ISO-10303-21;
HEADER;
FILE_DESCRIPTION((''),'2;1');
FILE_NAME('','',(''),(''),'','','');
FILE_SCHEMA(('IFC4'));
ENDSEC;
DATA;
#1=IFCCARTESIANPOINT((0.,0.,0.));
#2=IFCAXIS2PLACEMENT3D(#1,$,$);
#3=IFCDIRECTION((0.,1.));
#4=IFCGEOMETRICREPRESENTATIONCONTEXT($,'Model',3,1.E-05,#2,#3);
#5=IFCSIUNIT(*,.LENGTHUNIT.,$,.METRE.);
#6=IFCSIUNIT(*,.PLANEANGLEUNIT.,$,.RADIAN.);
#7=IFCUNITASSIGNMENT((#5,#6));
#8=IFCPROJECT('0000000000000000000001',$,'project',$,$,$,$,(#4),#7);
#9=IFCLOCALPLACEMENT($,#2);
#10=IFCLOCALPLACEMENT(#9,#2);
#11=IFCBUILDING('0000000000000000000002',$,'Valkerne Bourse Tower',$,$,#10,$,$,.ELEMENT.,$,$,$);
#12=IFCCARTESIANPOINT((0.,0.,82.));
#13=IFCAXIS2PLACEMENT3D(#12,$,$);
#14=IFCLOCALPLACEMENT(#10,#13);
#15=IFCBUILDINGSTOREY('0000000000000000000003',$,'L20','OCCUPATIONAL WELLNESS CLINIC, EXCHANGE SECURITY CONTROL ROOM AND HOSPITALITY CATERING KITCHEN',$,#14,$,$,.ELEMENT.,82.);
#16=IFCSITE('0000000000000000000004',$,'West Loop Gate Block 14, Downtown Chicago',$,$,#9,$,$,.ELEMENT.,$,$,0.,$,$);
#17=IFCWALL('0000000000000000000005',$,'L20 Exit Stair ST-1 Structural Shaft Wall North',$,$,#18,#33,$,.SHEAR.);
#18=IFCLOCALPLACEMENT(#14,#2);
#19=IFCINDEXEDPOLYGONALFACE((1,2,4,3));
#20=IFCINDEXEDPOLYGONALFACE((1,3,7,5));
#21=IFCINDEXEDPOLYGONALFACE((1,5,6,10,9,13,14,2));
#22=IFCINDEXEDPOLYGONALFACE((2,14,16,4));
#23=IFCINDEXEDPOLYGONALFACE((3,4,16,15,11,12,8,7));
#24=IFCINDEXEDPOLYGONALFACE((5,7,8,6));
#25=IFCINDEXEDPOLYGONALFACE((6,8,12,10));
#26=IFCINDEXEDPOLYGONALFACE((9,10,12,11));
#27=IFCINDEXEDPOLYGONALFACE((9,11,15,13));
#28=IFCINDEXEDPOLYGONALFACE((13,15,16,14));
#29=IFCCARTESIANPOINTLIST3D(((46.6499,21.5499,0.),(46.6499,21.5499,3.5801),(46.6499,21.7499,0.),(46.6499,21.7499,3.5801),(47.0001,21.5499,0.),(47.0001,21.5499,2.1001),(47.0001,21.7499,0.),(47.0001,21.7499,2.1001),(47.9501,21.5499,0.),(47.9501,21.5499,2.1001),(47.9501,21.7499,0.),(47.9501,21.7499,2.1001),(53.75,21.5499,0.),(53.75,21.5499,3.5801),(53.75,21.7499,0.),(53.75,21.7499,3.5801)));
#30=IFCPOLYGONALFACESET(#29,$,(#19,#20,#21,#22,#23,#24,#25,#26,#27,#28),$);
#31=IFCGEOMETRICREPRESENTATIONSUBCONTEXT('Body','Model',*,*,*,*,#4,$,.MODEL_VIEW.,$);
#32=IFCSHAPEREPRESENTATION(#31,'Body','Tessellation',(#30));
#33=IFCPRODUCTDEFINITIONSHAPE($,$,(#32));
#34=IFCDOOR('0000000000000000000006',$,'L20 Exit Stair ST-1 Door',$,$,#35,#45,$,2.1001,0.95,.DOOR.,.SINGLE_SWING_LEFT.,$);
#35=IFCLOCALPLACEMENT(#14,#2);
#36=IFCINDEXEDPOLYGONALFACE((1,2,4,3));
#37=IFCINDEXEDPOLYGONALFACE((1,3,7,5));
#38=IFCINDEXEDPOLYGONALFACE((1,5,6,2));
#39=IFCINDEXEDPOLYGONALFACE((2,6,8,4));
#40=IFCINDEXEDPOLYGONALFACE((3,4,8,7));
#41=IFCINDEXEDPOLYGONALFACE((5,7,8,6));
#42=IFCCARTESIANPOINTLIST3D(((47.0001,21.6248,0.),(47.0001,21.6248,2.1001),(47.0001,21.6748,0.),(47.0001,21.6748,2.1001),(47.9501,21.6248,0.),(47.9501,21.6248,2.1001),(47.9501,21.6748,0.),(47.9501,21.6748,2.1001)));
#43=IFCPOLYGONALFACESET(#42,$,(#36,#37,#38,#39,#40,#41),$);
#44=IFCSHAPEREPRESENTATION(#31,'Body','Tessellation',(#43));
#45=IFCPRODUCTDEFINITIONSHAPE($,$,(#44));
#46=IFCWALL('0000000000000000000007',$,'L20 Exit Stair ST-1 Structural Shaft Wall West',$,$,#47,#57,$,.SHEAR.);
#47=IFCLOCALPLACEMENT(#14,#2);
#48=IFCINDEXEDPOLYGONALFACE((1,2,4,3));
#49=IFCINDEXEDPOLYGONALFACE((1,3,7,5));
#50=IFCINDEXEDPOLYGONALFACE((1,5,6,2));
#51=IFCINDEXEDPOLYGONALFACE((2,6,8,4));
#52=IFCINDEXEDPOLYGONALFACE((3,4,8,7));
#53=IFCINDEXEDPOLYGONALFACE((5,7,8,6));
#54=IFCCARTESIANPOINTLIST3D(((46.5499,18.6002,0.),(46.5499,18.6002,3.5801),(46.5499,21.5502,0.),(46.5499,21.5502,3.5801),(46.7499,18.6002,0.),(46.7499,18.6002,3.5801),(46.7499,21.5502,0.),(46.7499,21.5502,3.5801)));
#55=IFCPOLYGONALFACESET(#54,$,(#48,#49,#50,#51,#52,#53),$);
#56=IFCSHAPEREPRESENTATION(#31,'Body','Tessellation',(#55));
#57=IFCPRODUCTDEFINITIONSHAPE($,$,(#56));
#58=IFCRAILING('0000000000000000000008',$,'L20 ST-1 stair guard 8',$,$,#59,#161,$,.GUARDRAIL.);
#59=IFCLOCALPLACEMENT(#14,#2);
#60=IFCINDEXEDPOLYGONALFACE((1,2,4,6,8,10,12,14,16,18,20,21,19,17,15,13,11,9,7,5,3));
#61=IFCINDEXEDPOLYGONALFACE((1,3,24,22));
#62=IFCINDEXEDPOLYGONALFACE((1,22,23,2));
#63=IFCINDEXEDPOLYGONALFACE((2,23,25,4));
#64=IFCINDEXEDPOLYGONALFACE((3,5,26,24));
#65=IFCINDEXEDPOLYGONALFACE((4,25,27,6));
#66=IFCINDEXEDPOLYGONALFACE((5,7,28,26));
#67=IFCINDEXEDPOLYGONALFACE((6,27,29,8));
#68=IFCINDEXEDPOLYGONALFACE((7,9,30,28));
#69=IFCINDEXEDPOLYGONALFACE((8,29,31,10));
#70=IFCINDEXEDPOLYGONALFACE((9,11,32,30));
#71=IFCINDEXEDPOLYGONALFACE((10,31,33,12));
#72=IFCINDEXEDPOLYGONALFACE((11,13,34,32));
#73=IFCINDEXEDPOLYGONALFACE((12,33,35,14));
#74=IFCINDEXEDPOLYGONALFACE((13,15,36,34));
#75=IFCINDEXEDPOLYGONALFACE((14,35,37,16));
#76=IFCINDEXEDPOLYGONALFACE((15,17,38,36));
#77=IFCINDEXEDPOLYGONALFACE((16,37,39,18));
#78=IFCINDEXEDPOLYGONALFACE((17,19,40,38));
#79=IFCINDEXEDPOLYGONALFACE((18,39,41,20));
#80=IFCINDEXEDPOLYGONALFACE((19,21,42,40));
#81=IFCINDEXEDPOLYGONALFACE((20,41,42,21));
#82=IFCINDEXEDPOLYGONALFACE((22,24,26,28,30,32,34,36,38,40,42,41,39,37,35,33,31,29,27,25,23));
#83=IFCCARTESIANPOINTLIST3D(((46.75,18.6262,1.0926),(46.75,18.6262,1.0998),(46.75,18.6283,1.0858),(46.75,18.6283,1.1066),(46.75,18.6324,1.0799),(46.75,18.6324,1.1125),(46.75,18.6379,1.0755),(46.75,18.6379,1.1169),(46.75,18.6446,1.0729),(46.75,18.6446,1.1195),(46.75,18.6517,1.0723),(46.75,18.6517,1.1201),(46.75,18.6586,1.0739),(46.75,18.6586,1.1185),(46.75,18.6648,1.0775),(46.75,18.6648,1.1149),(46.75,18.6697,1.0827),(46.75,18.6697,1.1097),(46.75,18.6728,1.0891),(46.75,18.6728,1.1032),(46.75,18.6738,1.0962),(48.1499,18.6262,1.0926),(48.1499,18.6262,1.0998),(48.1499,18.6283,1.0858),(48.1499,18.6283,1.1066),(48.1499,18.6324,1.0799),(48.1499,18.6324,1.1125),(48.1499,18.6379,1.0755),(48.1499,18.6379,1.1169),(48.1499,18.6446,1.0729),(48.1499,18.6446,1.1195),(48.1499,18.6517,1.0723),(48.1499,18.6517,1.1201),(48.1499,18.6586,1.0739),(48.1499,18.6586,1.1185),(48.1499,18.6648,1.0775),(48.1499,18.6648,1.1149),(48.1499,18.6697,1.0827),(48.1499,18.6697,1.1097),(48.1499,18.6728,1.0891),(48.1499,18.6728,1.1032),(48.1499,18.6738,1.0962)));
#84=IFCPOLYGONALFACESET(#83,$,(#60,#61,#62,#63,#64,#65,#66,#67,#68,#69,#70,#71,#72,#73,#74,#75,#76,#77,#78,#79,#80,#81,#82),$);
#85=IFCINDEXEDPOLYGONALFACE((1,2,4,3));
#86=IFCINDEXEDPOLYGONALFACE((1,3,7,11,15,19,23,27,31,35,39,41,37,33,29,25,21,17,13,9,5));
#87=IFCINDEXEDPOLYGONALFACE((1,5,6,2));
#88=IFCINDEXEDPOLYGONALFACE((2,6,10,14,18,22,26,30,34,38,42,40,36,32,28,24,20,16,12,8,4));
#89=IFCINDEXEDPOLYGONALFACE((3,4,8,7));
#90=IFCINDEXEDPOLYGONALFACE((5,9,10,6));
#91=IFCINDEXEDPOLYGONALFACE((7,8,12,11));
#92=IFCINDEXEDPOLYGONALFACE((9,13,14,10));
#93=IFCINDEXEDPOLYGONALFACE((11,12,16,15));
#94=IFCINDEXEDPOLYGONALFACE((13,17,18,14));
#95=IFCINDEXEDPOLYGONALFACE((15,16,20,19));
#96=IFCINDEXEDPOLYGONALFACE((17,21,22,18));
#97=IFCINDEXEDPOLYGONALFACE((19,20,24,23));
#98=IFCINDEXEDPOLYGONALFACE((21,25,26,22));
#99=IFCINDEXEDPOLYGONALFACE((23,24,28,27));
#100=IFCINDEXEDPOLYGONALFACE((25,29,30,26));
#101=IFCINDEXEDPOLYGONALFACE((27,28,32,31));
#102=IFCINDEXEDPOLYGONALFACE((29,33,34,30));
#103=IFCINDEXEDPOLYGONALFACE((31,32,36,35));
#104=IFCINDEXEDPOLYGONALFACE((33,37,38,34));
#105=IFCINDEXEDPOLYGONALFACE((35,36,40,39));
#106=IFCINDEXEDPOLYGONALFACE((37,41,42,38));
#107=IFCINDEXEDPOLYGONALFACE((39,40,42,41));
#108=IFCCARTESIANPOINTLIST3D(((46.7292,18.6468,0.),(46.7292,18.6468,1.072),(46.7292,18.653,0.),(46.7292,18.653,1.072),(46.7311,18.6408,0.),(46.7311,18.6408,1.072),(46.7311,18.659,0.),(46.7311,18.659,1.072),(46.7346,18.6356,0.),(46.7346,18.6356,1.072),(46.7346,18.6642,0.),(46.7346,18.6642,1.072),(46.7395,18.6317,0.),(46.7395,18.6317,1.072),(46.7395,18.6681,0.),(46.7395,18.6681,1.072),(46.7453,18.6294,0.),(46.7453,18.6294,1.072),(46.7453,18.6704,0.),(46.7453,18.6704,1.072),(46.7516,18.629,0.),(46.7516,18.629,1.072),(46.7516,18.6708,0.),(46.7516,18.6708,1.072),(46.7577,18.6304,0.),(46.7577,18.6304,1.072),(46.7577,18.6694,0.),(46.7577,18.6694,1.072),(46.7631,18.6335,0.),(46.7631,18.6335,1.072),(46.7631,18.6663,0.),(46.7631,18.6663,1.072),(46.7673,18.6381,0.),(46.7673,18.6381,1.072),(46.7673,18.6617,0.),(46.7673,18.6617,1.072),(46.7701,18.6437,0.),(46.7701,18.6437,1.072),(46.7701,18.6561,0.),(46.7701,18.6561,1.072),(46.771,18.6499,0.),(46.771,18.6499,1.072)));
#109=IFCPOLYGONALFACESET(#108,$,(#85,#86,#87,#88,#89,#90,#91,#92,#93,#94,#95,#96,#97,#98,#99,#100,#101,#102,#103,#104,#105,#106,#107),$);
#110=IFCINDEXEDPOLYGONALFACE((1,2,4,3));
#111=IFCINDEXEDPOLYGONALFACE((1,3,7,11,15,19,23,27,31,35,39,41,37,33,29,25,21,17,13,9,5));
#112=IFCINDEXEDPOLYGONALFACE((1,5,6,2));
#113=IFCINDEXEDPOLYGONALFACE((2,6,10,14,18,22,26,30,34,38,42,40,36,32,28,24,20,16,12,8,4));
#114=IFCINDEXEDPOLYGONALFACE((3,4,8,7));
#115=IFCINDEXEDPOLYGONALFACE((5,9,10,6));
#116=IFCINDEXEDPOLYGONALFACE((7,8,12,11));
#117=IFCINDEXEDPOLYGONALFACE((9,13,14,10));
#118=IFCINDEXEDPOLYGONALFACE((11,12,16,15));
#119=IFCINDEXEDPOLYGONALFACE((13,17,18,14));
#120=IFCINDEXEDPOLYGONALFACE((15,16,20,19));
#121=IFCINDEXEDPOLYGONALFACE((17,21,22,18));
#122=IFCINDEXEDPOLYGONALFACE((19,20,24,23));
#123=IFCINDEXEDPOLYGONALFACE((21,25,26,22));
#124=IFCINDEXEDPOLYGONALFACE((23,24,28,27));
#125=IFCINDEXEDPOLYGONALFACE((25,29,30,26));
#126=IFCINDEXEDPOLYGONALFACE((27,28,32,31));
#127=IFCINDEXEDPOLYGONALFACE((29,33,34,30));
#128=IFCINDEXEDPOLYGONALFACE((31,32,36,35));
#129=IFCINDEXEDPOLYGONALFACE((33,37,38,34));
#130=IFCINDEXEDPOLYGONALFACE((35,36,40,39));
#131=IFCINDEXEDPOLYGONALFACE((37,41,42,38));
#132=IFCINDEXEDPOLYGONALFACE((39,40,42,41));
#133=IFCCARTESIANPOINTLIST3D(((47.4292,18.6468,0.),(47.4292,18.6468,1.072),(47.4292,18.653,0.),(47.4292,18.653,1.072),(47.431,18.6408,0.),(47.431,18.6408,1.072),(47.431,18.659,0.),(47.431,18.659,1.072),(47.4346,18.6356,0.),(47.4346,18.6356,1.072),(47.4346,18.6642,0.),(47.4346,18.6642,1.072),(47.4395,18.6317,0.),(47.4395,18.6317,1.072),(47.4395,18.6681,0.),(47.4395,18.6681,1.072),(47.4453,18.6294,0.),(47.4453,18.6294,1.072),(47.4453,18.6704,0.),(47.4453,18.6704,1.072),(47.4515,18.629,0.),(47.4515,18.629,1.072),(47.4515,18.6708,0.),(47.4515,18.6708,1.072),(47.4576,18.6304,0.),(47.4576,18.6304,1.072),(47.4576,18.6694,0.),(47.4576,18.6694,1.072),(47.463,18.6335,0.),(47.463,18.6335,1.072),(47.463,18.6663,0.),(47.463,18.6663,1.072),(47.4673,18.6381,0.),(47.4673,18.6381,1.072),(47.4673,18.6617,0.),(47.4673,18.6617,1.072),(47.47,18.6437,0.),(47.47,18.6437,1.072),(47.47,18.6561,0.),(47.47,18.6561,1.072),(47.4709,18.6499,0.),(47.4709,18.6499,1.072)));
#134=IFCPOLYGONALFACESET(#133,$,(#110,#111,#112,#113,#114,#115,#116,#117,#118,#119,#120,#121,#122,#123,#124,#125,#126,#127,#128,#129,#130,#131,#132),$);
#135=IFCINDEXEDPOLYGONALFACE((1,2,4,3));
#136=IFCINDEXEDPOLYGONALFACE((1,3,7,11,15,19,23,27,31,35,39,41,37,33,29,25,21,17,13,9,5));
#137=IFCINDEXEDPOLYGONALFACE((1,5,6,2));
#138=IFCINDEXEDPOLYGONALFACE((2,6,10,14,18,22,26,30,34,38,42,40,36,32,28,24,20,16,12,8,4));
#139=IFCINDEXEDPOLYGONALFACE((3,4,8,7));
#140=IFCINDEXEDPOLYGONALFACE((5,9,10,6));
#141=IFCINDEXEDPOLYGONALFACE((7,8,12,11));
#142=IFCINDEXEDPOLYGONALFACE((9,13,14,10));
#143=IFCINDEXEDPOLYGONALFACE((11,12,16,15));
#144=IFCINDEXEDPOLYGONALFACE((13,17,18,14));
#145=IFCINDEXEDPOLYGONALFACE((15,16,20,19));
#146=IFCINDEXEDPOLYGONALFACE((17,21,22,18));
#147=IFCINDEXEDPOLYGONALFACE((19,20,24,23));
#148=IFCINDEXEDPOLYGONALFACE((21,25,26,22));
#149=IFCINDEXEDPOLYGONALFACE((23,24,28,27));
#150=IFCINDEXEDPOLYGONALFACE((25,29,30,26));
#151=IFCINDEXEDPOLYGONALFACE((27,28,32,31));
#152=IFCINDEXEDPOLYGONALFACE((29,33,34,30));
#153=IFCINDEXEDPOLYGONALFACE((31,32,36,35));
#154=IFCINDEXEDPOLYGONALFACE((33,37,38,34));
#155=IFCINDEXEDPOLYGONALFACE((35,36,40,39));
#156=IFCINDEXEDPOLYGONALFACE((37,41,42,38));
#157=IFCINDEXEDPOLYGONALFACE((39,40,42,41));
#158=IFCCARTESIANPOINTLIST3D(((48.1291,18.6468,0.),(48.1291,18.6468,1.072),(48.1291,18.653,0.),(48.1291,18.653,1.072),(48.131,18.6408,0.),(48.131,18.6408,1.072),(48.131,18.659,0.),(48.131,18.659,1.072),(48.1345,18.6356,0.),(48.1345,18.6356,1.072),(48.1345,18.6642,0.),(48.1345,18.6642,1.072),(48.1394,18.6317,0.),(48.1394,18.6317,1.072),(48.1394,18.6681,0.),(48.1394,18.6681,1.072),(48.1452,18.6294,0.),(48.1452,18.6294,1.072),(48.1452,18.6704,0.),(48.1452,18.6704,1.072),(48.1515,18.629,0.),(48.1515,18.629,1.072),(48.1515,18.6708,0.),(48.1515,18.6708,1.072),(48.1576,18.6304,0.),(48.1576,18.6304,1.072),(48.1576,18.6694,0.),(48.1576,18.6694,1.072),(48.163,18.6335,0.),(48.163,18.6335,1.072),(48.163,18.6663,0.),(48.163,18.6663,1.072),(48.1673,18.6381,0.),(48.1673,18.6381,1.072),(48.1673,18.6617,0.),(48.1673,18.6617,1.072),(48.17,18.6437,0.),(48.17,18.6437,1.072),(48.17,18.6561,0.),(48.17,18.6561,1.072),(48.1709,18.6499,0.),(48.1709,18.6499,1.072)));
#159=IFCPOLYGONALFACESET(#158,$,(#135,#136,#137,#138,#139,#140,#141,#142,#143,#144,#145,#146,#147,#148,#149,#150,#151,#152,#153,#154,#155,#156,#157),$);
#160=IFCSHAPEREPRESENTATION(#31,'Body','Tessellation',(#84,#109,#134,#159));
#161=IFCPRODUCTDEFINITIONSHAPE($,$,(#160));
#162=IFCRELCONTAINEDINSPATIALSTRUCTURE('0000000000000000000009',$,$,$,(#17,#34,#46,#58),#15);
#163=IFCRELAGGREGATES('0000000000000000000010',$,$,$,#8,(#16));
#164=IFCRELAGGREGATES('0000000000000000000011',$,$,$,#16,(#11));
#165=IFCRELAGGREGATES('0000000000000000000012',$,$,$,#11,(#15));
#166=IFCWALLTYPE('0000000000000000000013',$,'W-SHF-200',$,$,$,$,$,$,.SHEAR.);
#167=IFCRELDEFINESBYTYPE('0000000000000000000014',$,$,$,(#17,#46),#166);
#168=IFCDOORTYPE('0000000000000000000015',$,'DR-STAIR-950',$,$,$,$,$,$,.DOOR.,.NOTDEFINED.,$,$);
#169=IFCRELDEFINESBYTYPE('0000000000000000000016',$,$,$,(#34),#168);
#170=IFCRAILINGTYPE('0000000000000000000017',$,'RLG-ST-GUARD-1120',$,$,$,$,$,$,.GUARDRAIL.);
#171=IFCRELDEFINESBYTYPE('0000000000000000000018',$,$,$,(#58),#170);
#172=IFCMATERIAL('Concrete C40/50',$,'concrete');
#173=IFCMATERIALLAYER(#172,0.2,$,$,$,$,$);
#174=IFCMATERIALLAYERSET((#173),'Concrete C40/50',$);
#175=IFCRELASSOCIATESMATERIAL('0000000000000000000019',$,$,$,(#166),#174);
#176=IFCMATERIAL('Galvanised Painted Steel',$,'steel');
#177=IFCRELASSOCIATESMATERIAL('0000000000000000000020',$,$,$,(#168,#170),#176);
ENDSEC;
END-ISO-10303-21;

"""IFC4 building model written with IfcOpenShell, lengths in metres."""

from ifc_helpers import new_model, si_unit, direction, frame, frame_2d, origin, origin_2d, place, context, subcontext, project, spatial, rectangle, circle, extrude, material, layer, layer_set, type_object, element, fill, save


model = new_model("IFC4")

# Units and contexts
model_context = context("Model", 3, precision=1e-05, world=origin(), true_north=direction((0.0, 1.0)))
body_context = subcontext(model_context, "Body", "Model", "MODEL_VIEW")
ifc_project = project(units=[si_unit("LENGTHUNIT", "METRE"), si_unit("PLANEANGLEUNIT", "RADIAN")], contexts=[model_context])

# Site, building, storey
site_placement = place(None, origin())
site = spatial("IfcSite", under=ifc_project, at=site_placement, Name="West Loop Gate Block 14, Downtown Chicago", CompositionType="ELEMENT", RefElevation=0.0)
building_placement = place(site_placement, origin())
building = spatial("IfcBuilding", under=site, at=building_placement, Name="Valkerne Bourse Tower", CompositionType="ELEMENT")
storey_placement = place(building_placement, frame((0.0, 0.0, 82.0)))
storey = spatial("IfcBuildingStorey", under=building, at=storey_placement, Name="L20", Description="OCCUPATIONAL WELLNESS CLINIC, EXCHANGE SECURITY CONTROL ROOM AND HOSPITALITY CATERING KITCHEN", CompositionType="ELEMENT", Elevation=82.0)

# Shared definitions
ifc_material_1 = material(Name="Galvanised Painted Steel", Category="steel")

# Wall, opening, door
ifc_material_2 = material(Name="Concrete C40/50", Category="concrete")
ifc_layer_1 = layer(ifc_material_2, 0.2)
ifc_layer_set_1 = layer_set([ifc_layer_1], Name="Concrete C40/50")
wall_type_1 = type_object("IfcWallType", Name="W-SHF-200", PredefinedType="SHEAR", material=ifc_layer_set_1)
wall_1_placement = place(storey_placement, frame((46.6499, 21.6499, 0.0), z_axis=(0.0, 0.0, 1.0), x_axis=(1.0, 0.0, 0.0)))
wall_1 = element("IfcWall", 1, at=wall_1_placement, inside=storey, type_object=wall_type_1, Name="L20 Exit Stair ST-1 Structural Shaft Wall North", PredefinedType="SHEAR", context=body_context, shape_type="SweptSolid", body=[
    extrude(rectangle(XDim=7.1001, YDim=0.2, at=frame_2d((3.55, 0.0))), origin(), (0.0, 0.0, 1.0), 3.5801),
])
opening_1_placement = place(wall_1_placement, frame((0.3501, 0.0, 0.0)))
opening_1 = element("IfcOpeningElement", 2, at=opening_1_placement, cuts=wall_1, PredefinedType="OPENING", context=body_context, shape_type="SweptSolid", body=[
    extrude(rectangle(XDim=0.95, YDim=2.1001, at=frame_2d((0.4751, 1.05))), frame((0.0, 0.1099, 0.0), z_axis=(0.0, -1.0, 0.0), x_axis=(1.0, 0.0, 0.0)), (0.0, 0.0, 1.0), 0.22),
])
door_type_1 = type_object("IfcDoorType", Name="DR-STAIR-950", OperationType="NOTDEFINED", PredefinedType="DOOR", material=ifc_material_1)
door_1_placement = place(opening_1_placement, origin())
door_1 = element("IfcDoor", 3, at=door_1_placement, inside=storey, type_object=door_type_1, Name="L20 Exit Stair ST-1 Door", OperationType="SINGLE_SWING_LEFT", OverallHeight=2.1001, OverallWidth=0.95, PredefinedType="DOOR", context=body_context, shape_type="SweptSolid", body=[
    extrude(rectangle(XDim=0.95, YDim=2.1001, at=frame_2d((0.4751, 1.05))), frame((0.0, 0.0249, 0.0), z_axis=(0.0, -1.0, 0.0), x_axis=(1.0, 0.0, 0.0)), (0.0, 0.0, 1.0), 0.05),
])
fill(opening_1, door_1)

# Wall
wall_2_placement = place(storey_placement, frame((46.6499, 18.6001, 0.0), z_axis=(0.0, 0.0, 1.0), x_axis=(0.0, 1.0, 0.0)))
element("IfcWall", 4, at=wall_2_placement, inside=storey, type_object=wall_type_1, Name="L20 Exit Stair ST-1 Structural Shaft Wall West", PredefinedType="SHEAR", context=body_context, shape_type="SweptSolid", body=[
    extrude(rectangle(XDim=2.95, YDim=0.2, at=frame_2d((1.4751, 0.0))), origin(), (0.0, 0.0, 1.0), 3.5801),
])

# Railing
railing_type = type_object("IfcRailingType", Name="RLG-ST-GUARD-1120", PredefinedType="GUARDRAIL", material=ifc_material_1)
for number, where, name in (
    (5, (46.75, 18.6499, 0.0), "L20 ST-1 stair guard 8"),
):
    element("IfcRailing", number, at=place(storey_placement, frame(where)), inside=storey, type_object=railing_type, Name=name, PredefinedType="GUARDRAIL", context=body_context, shape_type="SweptSolid", body=[
        extrude(circle(Radius=0.0239, at=origin_2d()), frame((0.0, 0.0, 1.0962), z_axis=(1.0, 0.0, 0.0), x_axis=(0.0, 1.0, 0.0)), (0.0, 0.0, 1.0), 1.3999),
        extrude(circle(Radius=0.021, at=origin_2d()), origin(), (0.0, 0.0, 1.0), 1.072),
        extrude(circle(Radius=0.021, at=origin_2d()), frame((0.7, 0.0, 0.0)), (0.0, 0.0, 1.0), 1.072),
        extrude(circle(Radius=0.021, at=origin_2d()), frame((1.3999, 0.0, 0.0)), (0.0, 0.0, 1.0), 1.072),
    ])

save(model, "model.ifc")
